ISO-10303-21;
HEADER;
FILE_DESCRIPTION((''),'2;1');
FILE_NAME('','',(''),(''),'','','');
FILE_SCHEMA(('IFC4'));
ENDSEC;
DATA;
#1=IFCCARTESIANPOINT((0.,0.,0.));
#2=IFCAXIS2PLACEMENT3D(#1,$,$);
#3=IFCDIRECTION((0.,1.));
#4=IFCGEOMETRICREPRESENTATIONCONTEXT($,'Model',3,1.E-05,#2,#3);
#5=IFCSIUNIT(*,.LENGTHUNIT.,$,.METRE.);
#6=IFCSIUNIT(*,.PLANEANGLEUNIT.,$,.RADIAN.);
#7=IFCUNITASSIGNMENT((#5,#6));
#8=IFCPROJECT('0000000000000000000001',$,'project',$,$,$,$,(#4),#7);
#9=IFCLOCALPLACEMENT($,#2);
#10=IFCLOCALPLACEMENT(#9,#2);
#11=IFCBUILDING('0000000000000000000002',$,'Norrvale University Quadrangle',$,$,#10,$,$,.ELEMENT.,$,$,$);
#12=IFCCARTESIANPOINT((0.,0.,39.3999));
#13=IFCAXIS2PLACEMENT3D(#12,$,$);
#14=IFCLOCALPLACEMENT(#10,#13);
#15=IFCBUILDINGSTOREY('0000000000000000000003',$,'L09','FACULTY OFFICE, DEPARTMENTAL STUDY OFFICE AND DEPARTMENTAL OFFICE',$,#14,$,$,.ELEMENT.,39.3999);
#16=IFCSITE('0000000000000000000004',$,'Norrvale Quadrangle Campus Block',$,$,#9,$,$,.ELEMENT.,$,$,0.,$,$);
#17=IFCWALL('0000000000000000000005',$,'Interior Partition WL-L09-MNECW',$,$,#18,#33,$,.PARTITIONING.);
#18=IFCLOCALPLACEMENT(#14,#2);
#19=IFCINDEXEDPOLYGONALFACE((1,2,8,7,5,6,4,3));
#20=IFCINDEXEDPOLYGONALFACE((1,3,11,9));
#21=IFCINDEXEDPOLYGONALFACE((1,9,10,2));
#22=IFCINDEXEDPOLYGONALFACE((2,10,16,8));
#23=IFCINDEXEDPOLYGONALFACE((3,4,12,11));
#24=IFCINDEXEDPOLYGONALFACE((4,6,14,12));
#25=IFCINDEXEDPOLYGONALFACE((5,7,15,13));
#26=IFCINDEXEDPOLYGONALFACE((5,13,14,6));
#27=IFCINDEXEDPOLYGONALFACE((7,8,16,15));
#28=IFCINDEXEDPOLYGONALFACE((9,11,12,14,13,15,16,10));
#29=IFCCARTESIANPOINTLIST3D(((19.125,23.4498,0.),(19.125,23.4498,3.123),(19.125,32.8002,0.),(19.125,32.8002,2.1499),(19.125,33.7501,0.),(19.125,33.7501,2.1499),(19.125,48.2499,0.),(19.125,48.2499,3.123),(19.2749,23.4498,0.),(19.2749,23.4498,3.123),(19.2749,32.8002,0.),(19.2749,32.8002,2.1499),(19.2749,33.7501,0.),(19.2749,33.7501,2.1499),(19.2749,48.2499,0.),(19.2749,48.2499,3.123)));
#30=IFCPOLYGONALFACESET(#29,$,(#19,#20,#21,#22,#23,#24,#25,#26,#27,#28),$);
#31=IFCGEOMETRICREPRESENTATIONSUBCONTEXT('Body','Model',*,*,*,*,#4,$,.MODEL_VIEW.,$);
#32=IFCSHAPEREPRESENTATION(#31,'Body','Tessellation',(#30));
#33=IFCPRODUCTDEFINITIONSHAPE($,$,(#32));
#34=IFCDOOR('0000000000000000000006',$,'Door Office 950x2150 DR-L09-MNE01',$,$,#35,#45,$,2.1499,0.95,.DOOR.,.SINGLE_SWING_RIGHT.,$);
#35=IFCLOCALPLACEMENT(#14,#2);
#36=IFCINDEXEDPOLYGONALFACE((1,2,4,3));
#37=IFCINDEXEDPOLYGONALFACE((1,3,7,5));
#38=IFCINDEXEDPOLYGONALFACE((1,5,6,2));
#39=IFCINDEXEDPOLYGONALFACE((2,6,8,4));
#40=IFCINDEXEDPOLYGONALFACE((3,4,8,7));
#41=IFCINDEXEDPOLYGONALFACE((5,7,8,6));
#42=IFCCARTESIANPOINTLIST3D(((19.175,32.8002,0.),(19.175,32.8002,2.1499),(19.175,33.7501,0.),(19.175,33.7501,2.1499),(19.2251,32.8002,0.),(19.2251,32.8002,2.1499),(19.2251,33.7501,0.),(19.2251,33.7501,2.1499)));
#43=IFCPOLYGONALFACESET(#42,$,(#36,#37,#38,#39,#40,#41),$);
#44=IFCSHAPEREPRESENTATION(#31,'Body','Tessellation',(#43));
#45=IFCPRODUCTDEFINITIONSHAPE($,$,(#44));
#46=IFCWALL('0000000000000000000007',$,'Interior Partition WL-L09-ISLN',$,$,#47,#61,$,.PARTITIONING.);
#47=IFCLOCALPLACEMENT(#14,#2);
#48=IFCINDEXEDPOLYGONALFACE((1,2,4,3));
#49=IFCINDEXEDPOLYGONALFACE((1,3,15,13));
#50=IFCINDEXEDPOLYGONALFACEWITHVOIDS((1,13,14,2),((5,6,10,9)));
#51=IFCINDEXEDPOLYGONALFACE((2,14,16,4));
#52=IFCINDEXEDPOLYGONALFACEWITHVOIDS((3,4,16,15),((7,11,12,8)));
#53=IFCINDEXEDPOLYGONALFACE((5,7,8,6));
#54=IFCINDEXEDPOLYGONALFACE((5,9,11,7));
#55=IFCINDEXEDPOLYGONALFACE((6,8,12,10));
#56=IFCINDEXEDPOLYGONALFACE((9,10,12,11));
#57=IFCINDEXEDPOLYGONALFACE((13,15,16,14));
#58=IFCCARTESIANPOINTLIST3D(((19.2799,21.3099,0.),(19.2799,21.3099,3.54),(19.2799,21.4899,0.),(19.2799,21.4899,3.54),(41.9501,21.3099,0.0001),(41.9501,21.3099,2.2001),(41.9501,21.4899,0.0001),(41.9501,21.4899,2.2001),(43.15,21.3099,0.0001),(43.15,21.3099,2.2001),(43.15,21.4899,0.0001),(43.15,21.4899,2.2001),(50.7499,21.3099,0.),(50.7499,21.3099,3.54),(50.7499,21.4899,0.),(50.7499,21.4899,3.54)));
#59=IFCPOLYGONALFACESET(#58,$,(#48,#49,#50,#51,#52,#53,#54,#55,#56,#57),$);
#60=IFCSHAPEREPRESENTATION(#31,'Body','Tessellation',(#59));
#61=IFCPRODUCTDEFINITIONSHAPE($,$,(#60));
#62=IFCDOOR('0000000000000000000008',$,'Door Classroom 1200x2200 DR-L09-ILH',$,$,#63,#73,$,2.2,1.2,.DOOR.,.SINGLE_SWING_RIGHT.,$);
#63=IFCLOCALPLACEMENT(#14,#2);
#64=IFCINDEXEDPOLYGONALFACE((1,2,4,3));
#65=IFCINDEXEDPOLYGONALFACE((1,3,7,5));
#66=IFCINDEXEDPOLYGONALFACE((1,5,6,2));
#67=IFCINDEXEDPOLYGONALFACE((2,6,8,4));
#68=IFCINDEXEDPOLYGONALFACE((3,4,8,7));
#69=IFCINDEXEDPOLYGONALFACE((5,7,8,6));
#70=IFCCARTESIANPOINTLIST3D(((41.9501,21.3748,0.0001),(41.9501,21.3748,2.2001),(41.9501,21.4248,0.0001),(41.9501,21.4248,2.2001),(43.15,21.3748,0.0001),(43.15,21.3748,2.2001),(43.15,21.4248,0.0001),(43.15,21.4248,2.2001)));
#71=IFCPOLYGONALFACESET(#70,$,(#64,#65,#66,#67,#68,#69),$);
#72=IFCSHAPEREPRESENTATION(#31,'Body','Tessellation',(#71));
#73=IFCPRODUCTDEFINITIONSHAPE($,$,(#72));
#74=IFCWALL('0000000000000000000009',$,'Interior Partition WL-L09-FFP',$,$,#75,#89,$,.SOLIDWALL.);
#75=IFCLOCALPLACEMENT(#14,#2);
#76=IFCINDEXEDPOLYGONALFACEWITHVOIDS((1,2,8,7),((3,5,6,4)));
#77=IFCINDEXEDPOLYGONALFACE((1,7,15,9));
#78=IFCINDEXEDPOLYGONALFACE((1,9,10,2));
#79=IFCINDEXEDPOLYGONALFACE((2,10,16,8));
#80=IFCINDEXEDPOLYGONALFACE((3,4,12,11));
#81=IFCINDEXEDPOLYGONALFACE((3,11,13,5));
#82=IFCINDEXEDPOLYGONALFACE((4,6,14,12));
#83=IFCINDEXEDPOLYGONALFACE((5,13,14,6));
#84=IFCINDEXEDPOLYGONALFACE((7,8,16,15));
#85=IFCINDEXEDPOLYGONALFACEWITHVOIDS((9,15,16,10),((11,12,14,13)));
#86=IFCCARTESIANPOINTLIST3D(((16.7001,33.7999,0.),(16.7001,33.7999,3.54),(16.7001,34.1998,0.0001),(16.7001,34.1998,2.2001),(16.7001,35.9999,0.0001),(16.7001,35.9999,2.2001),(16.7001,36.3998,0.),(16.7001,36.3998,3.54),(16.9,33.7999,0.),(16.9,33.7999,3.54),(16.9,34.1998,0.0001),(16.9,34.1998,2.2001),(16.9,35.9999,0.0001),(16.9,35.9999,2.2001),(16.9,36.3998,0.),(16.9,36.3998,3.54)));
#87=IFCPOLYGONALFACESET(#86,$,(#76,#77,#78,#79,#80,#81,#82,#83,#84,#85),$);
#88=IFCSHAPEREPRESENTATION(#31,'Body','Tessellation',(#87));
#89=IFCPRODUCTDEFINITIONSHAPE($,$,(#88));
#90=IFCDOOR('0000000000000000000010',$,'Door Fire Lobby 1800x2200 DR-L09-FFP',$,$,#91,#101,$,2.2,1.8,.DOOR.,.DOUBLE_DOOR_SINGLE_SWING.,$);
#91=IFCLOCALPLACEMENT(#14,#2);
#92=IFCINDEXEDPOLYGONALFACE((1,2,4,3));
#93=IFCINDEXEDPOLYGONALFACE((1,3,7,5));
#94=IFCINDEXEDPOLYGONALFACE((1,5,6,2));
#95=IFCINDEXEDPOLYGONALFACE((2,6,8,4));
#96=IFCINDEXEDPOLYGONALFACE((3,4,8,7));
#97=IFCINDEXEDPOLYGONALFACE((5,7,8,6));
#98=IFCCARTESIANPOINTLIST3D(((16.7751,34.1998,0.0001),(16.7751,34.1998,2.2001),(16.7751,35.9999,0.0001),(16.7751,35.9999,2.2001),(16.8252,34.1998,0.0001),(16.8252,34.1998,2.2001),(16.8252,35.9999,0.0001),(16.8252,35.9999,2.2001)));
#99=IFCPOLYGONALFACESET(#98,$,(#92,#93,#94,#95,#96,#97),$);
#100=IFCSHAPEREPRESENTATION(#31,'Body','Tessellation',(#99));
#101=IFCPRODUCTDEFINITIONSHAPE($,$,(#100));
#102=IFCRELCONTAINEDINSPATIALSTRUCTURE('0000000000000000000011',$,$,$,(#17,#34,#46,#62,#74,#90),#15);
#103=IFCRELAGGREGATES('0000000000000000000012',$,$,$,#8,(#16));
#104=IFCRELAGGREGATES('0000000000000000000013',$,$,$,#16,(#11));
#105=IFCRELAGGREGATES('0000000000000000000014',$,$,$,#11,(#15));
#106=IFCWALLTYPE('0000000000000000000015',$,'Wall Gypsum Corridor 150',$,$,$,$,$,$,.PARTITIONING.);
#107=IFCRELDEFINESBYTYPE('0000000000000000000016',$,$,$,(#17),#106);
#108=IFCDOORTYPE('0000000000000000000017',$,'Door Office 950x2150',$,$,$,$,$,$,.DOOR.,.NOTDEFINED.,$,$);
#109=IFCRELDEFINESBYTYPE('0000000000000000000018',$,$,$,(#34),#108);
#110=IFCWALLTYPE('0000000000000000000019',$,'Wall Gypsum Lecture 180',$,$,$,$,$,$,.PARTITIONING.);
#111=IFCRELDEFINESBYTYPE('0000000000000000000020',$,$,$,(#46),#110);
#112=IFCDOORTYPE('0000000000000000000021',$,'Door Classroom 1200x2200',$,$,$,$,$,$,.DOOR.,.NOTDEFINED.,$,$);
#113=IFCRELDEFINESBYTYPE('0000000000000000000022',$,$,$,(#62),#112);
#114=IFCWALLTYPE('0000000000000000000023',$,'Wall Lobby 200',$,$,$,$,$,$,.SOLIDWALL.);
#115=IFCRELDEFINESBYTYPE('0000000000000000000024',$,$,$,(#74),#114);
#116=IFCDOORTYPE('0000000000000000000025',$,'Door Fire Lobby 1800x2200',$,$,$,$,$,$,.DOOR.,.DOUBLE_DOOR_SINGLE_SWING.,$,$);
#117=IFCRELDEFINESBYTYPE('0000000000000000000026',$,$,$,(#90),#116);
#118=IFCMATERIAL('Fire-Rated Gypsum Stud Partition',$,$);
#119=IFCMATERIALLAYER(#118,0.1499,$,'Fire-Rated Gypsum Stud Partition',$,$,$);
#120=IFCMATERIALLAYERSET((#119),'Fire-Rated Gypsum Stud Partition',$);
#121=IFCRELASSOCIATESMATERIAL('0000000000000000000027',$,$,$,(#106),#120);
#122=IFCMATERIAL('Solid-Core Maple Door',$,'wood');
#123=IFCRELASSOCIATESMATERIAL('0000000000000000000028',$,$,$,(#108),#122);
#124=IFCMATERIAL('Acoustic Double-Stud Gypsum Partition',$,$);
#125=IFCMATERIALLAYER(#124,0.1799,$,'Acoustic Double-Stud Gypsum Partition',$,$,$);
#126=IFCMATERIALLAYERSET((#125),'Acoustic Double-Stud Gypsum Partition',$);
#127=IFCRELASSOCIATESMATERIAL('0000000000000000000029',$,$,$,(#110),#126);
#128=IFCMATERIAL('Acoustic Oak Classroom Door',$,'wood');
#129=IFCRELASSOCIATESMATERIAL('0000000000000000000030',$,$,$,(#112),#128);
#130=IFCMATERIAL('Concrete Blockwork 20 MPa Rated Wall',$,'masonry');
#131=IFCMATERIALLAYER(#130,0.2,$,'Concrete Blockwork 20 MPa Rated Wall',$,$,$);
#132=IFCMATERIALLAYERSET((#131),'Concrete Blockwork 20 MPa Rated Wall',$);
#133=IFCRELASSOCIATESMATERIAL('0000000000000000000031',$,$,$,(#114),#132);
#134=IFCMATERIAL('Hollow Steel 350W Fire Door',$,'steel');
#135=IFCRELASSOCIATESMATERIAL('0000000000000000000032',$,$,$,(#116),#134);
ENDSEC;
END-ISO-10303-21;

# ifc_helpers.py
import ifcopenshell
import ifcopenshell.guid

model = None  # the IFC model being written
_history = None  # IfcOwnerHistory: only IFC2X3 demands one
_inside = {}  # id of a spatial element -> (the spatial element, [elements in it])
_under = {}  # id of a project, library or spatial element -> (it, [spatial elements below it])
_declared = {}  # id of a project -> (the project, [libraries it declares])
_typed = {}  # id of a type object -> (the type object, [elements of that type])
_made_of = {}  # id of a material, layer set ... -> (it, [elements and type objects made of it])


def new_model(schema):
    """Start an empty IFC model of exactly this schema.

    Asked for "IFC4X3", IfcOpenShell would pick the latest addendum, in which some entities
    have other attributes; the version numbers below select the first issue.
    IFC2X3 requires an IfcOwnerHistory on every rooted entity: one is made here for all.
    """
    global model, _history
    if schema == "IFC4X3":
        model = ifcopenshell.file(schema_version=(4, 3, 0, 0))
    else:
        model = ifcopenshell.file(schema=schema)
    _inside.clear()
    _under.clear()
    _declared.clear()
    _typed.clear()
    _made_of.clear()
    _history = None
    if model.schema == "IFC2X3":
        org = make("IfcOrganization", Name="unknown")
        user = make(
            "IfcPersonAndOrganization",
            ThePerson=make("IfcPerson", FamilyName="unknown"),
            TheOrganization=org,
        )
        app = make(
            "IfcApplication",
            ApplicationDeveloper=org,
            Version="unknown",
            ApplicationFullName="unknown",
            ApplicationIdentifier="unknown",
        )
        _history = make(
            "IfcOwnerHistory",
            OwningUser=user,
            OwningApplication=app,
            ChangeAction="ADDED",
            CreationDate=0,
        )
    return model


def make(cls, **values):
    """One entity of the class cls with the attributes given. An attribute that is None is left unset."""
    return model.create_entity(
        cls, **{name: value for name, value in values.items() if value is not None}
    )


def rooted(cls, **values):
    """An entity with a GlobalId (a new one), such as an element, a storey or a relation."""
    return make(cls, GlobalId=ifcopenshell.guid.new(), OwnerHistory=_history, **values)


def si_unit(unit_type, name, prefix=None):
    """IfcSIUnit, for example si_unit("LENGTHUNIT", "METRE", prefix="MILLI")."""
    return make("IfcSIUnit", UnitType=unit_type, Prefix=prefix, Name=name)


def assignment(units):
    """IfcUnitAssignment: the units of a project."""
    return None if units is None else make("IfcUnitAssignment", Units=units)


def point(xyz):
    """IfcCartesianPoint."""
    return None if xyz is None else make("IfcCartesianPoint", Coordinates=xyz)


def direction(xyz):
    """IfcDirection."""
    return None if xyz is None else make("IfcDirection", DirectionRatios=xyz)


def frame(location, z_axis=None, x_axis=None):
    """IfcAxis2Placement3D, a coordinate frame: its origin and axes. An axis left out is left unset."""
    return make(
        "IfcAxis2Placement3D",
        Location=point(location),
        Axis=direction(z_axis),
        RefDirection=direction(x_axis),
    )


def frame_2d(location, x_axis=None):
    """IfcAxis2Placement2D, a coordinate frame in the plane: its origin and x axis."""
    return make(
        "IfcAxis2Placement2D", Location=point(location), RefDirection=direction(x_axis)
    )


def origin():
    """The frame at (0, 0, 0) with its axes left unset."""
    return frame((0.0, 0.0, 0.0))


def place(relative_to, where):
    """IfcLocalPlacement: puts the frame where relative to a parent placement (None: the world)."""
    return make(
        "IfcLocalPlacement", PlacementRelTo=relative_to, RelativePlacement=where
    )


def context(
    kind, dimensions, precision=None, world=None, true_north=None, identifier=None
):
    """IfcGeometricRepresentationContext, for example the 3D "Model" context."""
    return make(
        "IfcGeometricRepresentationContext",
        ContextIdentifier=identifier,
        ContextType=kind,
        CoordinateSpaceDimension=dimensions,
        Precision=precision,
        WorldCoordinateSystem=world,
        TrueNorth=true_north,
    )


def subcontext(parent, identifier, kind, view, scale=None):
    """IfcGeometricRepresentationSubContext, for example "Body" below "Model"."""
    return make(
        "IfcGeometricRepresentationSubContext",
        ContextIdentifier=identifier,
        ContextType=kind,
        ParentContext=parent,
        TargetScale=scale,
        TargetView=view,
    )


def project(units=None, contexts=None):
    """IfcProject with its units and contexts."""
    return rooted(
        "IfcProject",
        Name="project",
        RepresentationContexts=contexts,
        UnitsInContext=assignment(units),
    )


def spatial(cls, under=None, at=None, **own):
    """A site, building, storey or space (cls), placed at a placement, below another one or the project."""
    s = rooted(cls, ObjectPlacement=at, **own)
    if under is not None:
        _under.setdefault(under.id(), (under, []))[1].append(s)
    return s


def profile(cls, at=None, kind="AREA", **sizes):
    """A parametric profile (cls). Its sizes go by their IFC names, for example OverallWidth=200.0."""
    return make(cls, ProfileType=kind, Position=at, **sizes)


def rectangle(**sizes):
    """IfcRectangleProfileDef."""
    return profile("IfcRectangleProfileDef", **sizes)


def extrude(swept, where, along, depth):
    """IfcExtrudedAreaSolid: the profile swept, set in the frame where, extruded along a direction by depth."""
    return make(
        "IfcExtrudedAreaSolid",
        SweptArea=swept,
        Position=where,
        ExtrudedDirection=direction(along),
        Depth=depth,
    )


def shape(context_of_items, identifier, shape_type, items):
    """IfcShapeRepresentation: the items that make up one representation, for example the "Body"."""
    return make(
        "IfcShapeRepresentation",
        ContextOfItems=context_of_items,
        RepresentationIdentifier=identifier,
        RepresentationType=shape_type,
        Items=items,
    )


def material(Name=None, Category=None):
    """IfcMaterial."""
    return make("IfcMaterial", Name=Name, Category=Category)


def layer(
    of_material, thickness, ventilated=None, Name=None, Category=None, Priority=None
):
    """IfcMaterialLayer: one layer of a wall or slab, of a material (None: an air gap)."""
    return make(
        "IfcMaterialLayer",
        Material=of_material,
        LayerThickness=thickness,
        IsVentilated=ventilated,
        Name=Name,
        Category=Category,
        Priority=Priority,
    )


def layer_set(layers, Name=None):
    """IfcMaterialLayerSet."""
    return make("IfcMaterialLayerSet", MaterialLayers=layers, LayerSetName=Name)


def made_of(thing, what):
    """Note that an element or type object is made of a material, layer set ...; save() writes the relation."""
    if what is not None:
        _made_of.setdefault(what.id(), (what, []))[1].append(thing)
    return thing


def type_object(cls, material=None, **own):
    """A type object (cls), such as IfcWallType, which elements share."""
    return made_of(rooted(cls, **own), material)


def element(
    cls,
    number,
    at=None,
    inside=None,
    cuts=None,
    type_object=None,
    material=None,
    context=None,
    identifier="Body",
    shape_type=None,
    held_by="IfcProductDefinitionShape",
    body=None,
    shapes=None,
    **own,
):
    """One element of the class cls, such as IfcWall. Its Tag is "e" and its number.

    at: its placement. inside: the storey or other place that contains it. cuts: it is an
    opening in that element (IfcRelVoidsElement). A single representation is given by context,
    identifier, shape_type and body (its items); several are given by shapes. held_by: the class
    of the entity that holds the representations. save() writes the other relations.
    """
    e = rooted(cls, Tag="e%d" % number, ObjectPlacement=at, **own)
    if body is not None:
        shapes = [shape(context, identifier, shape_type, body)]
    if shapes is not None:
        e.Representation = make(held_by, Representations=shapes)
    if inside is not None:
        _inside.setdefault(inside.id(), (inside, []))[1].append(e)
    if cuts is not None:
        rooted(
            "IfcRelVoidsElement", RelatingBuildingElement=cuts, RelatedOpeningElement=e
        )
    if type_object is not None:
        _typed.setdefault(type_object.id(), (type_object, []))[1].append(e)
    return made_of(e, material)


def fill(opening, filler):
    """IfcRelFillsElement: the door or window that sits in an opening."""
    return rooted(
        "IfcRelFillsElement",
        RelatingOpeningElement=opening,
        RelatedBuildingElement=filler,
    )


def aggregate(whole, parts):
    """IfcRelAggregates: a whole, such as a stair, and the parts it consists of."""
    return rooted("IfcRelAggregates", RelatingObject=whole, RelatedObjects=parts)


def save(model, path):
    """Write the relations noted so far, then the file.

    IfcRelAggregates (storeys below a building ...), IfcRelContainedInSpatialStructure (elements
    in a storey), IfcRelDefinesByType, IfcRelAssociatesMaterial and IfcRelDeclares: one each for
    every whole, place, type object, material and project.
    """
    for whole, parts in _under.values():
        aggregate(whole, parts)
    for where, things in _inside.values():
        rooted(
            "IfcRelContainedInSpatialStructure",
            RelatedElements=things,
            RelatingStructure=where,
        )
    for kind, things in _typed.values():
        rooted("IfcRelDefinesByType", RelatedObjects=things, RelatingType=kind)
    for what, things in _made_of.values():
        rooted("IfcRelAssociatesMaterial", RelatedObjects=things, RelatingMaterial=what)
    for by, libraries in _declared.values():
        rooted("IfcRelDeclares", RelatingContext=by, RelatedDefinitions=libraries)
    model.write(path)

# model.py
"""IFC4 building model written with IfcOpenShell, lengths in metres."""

from ifc_helpers import new_model, si_unit, direction, frame, frame_2d, origin, place, context, subcontext, project, spatial, rectangle, extrude, material, layer, layer_set, type_object, element, fill, save


model = new_model("IFC4")

# Units and contexts
model_context = context("Model", 3, precision=1e-05, world=origin(), true_north=direction((0.0, 1.0)))
body_context = subcontext(model_context, "Body", "Model", "MODEL_VIEW")
ifc_project = project(units=[si_unit("LENGTHUNIT", "METRE"), si_unit("PLANEANGLEUNIT", "RADIAN")], contexts=[model_context])

# Site, building, storey
site_placement = place(None, origin())
site = spatial("IfcSite", under=ifc_project, at=site_placement, Name="Norrvale Quadrangle Campus Block", CompositionType="ELEMENT", RefElevation=0.0)
building_placement = place(site_placement, origin())
building = spatial("IfcBuilding", under=site, at=building_placement, Name="Norrvale University Quadrangle", CompositionType="ELEMENT")
storey_placement = place(building_placement, frame((0.0, 0.0, 39.3999)))
storey = spatial("IfcBuildingStorey", under=building, at=storey_placement, Name="L09", Description="FACULTY OFFICE, DEPARTMENTAL STUDY OFFICE AND DEPARTMENTAL OFFICE", CompositionType="ELEMENT", Elevation=39.3999)

# Walls, openings, doors
ifc_material_1 = material(Name="Fire-Rated Gypsum Stud Partition")
ifc_layer_1 = layer(ifc_material_1, 0.1499, Name="Fire-Rated Gypsum Stud Partition")
ifc_layer_set_1 = layer_set([ifc_layer_1], Name="Fire-Rated Gypsum Stud Partition")
wall_type_1 = type_object("IfcWallType", Name="Wall Gypsum Corridor 150", PredefinedType="PARTITIONING", material=ifc_layer_set_1)
wall_1_placement = place(storey_placement, frame((19.2, 23.45, 0.0), z_axis=(0.0, 0.0, 1.0), x_axis=(0.0, 1.0, 0.0)))
wall_1 = element("IfcWall", 1, at=wall_1_placement, inside=storey, type_object=wall_type_1, Name="Interior Partition WL-L09-MNECW", PredefinedType="PARTITIONING", context=body_context, shape_type="SweptSolid", body=[
    extrude(rectangle(XDim=24.8, YDim=0.1499, at=frame_2d((12.3999, 0.0))), origin(), (0.0, 0.0, 1.0), 3.123),
])
opening_1_placement = place(wall_1_placement, frame((9.3501, 0.0, 0.0)))
opening_1 = element("IfcOpeningElement", 2, at=opening_1_placement, cuts=wall_1, PredefinedType="OPENING", context=body_context, shape_type="SweptSolid", body=[
    extrude(rectangle(XDim=0.95, YDim=2.1499, at=frame_2d((0.4751, 1.075))), frame((0.0, 0.0869, 0.0), z_axis=(0.0, -1.0, 0.0), x_axis=(1.0, 0.0, 0.0)), (0.0, 0.0, 1.0), 0.1738),
])
ifc_material_2 = material(Name="Solid-Core Maple Door", Category="wood")
door_type_1 = type_object("IfcDoorType", Name="Door Office 950x2150", OperationType="NOTDEFINED", PredefinedType="DOOR", material=ifc_material_2)
door_1_placement = place(opening_1_placement, origin())
door_1 = element("IfcDoor", 3, at=door_1_placement, inside=storey, type_object=door_type_1, Name="Door Office 950x2150 DR-L09-MNE01", OperationType="SINGLE_SWING_RIGHT", OverallHeight=2.1499, OverallWidth=0.95, PredefinedType="DOOR", context=body_context, shape_type="SweptSolid", body=[
    extrude(rectangle(XDim=0.95, YDim=2.1499, at=frame_2d((0.4751, 1.075))), frame((0.0, 0.0249, 0.0), z_axis=(0.0, -1.0, 0.0), x_axis=(1.0, 0.0, 0.0)), (0.0, 0.0, 1.0), 0.05),
])
fill(opening_1, door_1)
ifc_material_3 = material(Name="Acoustic Double-Stud Gypsum Partition")
ifc_layer_2 = layer(ifc_material_3, 0.1799, Name="Acoustic Double-Stud Gypsum Partition")
ifc_layer_set_2 = layer_set([ifc_layer_2], Name="Acoustic Double-Stud Gypsum Partition")
wall_type_2 = type_object("IfcWallType", Name="Wall Gypsum Lecture 180", PredefinedType="PARTITIONING", material=ifc_layer_set_2)
wall_2_placement = place(storey_placement, frame((19.28, 21.3999, 0.0), z_axis=(0.0, 0.0, 1.0), x_axis=(1.0, 0.0, 0.0)))
wall_2 = element("IfcWall", 4, at=wall_2_placement, inside=storey, type_object=wall_type_2, Name="Interior Partition WL-L09-ISLN", PredefinedType="PARTITIONING", context=body_context, shape_type="SweptSolid", body=[
    extrude(rectangle(XDim=31.47, YDim=0.1799, at=frame_2d((15.7349, 0.0))), origin(), (0.0, 0.0, 1.0), 3.54),
])
opening_2_placement = place(wall_2_placement, frame((22.6699, 0.0, 0.0)))
opening_2 = element("IfcOpeningElement", 5, at=opening_2_placement, cuts=wall_2, PredefinedType="OPENING", context=body_context, shape_type="SweptSolid", body=[
    extrude(rectangle(XDim=1.2, YDim=2.2, at=frame_2d((0.6001, 1.1001))), frame((0.0, 0.1021, 0.0), z_axis=(0.0, -1.0, 0.0), x_axis=(1.0, 0.0, 0.0)), (0.0, 0.0, 1.0), 0.2039),
])
ifc_material_4 = material(Name="Acoustic Oak Classroom Door", Category="wood")
door_type_2 = type_object("IfcDoorType", Name="Door Classroom 1200x2200", OperationType="NOTDEFINED", PredefinedType="DOOR", material=ifc_material_4)
door_2_placement = place(opening_2_placement, origin())
door_2 = element("IfcDoor", 6, at=door_2_placement, inside=storey, type_object=door_type_2, Name="Door Classroom 1200x2200 DR-L09-ILH", OperationType="SINGLE_SWING_RIGHT", OverallHeight=2.2, OverallWidth=1.2, PredefinedType="DOOR", context=body_context, shape_type="SweptSolid", body=[
    extrude(rectangle(XDim=1.2, YDim=2.2, at=frame_2d((0.6001, 1.1001))), frame((0.0, 0.0249, 0.0), z_axis=(0.0, -1.0, 0.0), x_axis=(1.0, 0.0, 0.0)), (0.0, 0.0, 1.0), 0.05),
])
fill(opening_2, door_2)
ifc_material_5 = material(Name="Concrete Blockwork 20 MPa Rated Wall", Category="masonry")
ifc_layer_3 = layer(ifc_material_5, 0.2, Name="Concrete Blockwork 20 MPa Rated Wall")
ifc_layer_set_3 = layer_set([ifc_layer_3], Name="Concrete Blockwork 20 MPa Rated Wall")
wall_type_3 = type_object("IfcWallType", Name="Wall Lobby 200", PredefinedType="SOLIDWALL", material=ifc_layer_set_3)
wall_3_placement = place(storey_placement, frame((16.8, 33.8, 0.0), z_axis=(0.0, 0.0, 1.0), x_axis=(0.0, 1.0, 0.0)))
wall_3 = element("IfcWall", 7, at=wall_3_placement, inside=storey, type_object=wall_type_3, Name="Interior Partition WL-L09-FFP", PredefinedType="SOLIDWALL", context=body_context, shape_type="SweptSolid", body=[
    extrude(rectangle(XDim=2.5999, YDim=0.2, at=frame_2d((1.2998, 0.0))), origin(), (0.0, 0.0, 1.0), 3.54),
])
opening_3_placement = place(wall_3_placement, frame((0.3999, 0.0, 0.0)))
opening_3 = element("IfcOpeningElement", 8, at=opening_3_placement, cuts=wall_3, PredefinedType="OPENING", context=body_context, shape_type="SweptSolid", body=[
    extrude(rectangle(XDim=1.8, YDim=2.2, at=frame_2d((0.8999, 1.1001))), frame((0.0, 0.1121, 0.0), z_axis=(0.0, -1.0, 0.0), x_axis=(1.0, 0.0, 0.0)), (0.0, 0.0, 1.0), 0.2239),
])
ifc_material_6 = material(Name="Hollow Steel 350W Fire Door", Category="steel")
door_type_3 = type_object("IfcDoorType", Name="Door Fire Lobby 1800x2200", OperationType="DOUBLE_DOOR_SINGLE_SWING", PredefinedType="DOOR", material=ifc_material_6)
door_3_placement = place(opening_3_placement, origin())
door_3 = element("IfcDoor", 9, at=door_3_placement, inside=storey, type_object=door_type_3, Name="Door Fire Lobby 1800x2200 DR-L09-FFP", OperationType="DOUBLE_DOOR_SINGLE_SWING", OverallHeight=2.2, OverallWidth=1.8, PredefinedType="DOOR", context=body_context, shape_type="SweptSolid", body=[
    extrude(rectangle(XDim=1.8, YDim=2.2, at=frame_2d((0.8999, 1.1001))), frame((0.0, 0.0249, 0.0), z_axis=(0.0, -1.0, 0.0), x_axis=(1.0, 0.0, 0.0)), (0.0, 0.0, 1.0), 0.05),
])
fill(opening_3, door_3)

save(model, "model.ifc")
